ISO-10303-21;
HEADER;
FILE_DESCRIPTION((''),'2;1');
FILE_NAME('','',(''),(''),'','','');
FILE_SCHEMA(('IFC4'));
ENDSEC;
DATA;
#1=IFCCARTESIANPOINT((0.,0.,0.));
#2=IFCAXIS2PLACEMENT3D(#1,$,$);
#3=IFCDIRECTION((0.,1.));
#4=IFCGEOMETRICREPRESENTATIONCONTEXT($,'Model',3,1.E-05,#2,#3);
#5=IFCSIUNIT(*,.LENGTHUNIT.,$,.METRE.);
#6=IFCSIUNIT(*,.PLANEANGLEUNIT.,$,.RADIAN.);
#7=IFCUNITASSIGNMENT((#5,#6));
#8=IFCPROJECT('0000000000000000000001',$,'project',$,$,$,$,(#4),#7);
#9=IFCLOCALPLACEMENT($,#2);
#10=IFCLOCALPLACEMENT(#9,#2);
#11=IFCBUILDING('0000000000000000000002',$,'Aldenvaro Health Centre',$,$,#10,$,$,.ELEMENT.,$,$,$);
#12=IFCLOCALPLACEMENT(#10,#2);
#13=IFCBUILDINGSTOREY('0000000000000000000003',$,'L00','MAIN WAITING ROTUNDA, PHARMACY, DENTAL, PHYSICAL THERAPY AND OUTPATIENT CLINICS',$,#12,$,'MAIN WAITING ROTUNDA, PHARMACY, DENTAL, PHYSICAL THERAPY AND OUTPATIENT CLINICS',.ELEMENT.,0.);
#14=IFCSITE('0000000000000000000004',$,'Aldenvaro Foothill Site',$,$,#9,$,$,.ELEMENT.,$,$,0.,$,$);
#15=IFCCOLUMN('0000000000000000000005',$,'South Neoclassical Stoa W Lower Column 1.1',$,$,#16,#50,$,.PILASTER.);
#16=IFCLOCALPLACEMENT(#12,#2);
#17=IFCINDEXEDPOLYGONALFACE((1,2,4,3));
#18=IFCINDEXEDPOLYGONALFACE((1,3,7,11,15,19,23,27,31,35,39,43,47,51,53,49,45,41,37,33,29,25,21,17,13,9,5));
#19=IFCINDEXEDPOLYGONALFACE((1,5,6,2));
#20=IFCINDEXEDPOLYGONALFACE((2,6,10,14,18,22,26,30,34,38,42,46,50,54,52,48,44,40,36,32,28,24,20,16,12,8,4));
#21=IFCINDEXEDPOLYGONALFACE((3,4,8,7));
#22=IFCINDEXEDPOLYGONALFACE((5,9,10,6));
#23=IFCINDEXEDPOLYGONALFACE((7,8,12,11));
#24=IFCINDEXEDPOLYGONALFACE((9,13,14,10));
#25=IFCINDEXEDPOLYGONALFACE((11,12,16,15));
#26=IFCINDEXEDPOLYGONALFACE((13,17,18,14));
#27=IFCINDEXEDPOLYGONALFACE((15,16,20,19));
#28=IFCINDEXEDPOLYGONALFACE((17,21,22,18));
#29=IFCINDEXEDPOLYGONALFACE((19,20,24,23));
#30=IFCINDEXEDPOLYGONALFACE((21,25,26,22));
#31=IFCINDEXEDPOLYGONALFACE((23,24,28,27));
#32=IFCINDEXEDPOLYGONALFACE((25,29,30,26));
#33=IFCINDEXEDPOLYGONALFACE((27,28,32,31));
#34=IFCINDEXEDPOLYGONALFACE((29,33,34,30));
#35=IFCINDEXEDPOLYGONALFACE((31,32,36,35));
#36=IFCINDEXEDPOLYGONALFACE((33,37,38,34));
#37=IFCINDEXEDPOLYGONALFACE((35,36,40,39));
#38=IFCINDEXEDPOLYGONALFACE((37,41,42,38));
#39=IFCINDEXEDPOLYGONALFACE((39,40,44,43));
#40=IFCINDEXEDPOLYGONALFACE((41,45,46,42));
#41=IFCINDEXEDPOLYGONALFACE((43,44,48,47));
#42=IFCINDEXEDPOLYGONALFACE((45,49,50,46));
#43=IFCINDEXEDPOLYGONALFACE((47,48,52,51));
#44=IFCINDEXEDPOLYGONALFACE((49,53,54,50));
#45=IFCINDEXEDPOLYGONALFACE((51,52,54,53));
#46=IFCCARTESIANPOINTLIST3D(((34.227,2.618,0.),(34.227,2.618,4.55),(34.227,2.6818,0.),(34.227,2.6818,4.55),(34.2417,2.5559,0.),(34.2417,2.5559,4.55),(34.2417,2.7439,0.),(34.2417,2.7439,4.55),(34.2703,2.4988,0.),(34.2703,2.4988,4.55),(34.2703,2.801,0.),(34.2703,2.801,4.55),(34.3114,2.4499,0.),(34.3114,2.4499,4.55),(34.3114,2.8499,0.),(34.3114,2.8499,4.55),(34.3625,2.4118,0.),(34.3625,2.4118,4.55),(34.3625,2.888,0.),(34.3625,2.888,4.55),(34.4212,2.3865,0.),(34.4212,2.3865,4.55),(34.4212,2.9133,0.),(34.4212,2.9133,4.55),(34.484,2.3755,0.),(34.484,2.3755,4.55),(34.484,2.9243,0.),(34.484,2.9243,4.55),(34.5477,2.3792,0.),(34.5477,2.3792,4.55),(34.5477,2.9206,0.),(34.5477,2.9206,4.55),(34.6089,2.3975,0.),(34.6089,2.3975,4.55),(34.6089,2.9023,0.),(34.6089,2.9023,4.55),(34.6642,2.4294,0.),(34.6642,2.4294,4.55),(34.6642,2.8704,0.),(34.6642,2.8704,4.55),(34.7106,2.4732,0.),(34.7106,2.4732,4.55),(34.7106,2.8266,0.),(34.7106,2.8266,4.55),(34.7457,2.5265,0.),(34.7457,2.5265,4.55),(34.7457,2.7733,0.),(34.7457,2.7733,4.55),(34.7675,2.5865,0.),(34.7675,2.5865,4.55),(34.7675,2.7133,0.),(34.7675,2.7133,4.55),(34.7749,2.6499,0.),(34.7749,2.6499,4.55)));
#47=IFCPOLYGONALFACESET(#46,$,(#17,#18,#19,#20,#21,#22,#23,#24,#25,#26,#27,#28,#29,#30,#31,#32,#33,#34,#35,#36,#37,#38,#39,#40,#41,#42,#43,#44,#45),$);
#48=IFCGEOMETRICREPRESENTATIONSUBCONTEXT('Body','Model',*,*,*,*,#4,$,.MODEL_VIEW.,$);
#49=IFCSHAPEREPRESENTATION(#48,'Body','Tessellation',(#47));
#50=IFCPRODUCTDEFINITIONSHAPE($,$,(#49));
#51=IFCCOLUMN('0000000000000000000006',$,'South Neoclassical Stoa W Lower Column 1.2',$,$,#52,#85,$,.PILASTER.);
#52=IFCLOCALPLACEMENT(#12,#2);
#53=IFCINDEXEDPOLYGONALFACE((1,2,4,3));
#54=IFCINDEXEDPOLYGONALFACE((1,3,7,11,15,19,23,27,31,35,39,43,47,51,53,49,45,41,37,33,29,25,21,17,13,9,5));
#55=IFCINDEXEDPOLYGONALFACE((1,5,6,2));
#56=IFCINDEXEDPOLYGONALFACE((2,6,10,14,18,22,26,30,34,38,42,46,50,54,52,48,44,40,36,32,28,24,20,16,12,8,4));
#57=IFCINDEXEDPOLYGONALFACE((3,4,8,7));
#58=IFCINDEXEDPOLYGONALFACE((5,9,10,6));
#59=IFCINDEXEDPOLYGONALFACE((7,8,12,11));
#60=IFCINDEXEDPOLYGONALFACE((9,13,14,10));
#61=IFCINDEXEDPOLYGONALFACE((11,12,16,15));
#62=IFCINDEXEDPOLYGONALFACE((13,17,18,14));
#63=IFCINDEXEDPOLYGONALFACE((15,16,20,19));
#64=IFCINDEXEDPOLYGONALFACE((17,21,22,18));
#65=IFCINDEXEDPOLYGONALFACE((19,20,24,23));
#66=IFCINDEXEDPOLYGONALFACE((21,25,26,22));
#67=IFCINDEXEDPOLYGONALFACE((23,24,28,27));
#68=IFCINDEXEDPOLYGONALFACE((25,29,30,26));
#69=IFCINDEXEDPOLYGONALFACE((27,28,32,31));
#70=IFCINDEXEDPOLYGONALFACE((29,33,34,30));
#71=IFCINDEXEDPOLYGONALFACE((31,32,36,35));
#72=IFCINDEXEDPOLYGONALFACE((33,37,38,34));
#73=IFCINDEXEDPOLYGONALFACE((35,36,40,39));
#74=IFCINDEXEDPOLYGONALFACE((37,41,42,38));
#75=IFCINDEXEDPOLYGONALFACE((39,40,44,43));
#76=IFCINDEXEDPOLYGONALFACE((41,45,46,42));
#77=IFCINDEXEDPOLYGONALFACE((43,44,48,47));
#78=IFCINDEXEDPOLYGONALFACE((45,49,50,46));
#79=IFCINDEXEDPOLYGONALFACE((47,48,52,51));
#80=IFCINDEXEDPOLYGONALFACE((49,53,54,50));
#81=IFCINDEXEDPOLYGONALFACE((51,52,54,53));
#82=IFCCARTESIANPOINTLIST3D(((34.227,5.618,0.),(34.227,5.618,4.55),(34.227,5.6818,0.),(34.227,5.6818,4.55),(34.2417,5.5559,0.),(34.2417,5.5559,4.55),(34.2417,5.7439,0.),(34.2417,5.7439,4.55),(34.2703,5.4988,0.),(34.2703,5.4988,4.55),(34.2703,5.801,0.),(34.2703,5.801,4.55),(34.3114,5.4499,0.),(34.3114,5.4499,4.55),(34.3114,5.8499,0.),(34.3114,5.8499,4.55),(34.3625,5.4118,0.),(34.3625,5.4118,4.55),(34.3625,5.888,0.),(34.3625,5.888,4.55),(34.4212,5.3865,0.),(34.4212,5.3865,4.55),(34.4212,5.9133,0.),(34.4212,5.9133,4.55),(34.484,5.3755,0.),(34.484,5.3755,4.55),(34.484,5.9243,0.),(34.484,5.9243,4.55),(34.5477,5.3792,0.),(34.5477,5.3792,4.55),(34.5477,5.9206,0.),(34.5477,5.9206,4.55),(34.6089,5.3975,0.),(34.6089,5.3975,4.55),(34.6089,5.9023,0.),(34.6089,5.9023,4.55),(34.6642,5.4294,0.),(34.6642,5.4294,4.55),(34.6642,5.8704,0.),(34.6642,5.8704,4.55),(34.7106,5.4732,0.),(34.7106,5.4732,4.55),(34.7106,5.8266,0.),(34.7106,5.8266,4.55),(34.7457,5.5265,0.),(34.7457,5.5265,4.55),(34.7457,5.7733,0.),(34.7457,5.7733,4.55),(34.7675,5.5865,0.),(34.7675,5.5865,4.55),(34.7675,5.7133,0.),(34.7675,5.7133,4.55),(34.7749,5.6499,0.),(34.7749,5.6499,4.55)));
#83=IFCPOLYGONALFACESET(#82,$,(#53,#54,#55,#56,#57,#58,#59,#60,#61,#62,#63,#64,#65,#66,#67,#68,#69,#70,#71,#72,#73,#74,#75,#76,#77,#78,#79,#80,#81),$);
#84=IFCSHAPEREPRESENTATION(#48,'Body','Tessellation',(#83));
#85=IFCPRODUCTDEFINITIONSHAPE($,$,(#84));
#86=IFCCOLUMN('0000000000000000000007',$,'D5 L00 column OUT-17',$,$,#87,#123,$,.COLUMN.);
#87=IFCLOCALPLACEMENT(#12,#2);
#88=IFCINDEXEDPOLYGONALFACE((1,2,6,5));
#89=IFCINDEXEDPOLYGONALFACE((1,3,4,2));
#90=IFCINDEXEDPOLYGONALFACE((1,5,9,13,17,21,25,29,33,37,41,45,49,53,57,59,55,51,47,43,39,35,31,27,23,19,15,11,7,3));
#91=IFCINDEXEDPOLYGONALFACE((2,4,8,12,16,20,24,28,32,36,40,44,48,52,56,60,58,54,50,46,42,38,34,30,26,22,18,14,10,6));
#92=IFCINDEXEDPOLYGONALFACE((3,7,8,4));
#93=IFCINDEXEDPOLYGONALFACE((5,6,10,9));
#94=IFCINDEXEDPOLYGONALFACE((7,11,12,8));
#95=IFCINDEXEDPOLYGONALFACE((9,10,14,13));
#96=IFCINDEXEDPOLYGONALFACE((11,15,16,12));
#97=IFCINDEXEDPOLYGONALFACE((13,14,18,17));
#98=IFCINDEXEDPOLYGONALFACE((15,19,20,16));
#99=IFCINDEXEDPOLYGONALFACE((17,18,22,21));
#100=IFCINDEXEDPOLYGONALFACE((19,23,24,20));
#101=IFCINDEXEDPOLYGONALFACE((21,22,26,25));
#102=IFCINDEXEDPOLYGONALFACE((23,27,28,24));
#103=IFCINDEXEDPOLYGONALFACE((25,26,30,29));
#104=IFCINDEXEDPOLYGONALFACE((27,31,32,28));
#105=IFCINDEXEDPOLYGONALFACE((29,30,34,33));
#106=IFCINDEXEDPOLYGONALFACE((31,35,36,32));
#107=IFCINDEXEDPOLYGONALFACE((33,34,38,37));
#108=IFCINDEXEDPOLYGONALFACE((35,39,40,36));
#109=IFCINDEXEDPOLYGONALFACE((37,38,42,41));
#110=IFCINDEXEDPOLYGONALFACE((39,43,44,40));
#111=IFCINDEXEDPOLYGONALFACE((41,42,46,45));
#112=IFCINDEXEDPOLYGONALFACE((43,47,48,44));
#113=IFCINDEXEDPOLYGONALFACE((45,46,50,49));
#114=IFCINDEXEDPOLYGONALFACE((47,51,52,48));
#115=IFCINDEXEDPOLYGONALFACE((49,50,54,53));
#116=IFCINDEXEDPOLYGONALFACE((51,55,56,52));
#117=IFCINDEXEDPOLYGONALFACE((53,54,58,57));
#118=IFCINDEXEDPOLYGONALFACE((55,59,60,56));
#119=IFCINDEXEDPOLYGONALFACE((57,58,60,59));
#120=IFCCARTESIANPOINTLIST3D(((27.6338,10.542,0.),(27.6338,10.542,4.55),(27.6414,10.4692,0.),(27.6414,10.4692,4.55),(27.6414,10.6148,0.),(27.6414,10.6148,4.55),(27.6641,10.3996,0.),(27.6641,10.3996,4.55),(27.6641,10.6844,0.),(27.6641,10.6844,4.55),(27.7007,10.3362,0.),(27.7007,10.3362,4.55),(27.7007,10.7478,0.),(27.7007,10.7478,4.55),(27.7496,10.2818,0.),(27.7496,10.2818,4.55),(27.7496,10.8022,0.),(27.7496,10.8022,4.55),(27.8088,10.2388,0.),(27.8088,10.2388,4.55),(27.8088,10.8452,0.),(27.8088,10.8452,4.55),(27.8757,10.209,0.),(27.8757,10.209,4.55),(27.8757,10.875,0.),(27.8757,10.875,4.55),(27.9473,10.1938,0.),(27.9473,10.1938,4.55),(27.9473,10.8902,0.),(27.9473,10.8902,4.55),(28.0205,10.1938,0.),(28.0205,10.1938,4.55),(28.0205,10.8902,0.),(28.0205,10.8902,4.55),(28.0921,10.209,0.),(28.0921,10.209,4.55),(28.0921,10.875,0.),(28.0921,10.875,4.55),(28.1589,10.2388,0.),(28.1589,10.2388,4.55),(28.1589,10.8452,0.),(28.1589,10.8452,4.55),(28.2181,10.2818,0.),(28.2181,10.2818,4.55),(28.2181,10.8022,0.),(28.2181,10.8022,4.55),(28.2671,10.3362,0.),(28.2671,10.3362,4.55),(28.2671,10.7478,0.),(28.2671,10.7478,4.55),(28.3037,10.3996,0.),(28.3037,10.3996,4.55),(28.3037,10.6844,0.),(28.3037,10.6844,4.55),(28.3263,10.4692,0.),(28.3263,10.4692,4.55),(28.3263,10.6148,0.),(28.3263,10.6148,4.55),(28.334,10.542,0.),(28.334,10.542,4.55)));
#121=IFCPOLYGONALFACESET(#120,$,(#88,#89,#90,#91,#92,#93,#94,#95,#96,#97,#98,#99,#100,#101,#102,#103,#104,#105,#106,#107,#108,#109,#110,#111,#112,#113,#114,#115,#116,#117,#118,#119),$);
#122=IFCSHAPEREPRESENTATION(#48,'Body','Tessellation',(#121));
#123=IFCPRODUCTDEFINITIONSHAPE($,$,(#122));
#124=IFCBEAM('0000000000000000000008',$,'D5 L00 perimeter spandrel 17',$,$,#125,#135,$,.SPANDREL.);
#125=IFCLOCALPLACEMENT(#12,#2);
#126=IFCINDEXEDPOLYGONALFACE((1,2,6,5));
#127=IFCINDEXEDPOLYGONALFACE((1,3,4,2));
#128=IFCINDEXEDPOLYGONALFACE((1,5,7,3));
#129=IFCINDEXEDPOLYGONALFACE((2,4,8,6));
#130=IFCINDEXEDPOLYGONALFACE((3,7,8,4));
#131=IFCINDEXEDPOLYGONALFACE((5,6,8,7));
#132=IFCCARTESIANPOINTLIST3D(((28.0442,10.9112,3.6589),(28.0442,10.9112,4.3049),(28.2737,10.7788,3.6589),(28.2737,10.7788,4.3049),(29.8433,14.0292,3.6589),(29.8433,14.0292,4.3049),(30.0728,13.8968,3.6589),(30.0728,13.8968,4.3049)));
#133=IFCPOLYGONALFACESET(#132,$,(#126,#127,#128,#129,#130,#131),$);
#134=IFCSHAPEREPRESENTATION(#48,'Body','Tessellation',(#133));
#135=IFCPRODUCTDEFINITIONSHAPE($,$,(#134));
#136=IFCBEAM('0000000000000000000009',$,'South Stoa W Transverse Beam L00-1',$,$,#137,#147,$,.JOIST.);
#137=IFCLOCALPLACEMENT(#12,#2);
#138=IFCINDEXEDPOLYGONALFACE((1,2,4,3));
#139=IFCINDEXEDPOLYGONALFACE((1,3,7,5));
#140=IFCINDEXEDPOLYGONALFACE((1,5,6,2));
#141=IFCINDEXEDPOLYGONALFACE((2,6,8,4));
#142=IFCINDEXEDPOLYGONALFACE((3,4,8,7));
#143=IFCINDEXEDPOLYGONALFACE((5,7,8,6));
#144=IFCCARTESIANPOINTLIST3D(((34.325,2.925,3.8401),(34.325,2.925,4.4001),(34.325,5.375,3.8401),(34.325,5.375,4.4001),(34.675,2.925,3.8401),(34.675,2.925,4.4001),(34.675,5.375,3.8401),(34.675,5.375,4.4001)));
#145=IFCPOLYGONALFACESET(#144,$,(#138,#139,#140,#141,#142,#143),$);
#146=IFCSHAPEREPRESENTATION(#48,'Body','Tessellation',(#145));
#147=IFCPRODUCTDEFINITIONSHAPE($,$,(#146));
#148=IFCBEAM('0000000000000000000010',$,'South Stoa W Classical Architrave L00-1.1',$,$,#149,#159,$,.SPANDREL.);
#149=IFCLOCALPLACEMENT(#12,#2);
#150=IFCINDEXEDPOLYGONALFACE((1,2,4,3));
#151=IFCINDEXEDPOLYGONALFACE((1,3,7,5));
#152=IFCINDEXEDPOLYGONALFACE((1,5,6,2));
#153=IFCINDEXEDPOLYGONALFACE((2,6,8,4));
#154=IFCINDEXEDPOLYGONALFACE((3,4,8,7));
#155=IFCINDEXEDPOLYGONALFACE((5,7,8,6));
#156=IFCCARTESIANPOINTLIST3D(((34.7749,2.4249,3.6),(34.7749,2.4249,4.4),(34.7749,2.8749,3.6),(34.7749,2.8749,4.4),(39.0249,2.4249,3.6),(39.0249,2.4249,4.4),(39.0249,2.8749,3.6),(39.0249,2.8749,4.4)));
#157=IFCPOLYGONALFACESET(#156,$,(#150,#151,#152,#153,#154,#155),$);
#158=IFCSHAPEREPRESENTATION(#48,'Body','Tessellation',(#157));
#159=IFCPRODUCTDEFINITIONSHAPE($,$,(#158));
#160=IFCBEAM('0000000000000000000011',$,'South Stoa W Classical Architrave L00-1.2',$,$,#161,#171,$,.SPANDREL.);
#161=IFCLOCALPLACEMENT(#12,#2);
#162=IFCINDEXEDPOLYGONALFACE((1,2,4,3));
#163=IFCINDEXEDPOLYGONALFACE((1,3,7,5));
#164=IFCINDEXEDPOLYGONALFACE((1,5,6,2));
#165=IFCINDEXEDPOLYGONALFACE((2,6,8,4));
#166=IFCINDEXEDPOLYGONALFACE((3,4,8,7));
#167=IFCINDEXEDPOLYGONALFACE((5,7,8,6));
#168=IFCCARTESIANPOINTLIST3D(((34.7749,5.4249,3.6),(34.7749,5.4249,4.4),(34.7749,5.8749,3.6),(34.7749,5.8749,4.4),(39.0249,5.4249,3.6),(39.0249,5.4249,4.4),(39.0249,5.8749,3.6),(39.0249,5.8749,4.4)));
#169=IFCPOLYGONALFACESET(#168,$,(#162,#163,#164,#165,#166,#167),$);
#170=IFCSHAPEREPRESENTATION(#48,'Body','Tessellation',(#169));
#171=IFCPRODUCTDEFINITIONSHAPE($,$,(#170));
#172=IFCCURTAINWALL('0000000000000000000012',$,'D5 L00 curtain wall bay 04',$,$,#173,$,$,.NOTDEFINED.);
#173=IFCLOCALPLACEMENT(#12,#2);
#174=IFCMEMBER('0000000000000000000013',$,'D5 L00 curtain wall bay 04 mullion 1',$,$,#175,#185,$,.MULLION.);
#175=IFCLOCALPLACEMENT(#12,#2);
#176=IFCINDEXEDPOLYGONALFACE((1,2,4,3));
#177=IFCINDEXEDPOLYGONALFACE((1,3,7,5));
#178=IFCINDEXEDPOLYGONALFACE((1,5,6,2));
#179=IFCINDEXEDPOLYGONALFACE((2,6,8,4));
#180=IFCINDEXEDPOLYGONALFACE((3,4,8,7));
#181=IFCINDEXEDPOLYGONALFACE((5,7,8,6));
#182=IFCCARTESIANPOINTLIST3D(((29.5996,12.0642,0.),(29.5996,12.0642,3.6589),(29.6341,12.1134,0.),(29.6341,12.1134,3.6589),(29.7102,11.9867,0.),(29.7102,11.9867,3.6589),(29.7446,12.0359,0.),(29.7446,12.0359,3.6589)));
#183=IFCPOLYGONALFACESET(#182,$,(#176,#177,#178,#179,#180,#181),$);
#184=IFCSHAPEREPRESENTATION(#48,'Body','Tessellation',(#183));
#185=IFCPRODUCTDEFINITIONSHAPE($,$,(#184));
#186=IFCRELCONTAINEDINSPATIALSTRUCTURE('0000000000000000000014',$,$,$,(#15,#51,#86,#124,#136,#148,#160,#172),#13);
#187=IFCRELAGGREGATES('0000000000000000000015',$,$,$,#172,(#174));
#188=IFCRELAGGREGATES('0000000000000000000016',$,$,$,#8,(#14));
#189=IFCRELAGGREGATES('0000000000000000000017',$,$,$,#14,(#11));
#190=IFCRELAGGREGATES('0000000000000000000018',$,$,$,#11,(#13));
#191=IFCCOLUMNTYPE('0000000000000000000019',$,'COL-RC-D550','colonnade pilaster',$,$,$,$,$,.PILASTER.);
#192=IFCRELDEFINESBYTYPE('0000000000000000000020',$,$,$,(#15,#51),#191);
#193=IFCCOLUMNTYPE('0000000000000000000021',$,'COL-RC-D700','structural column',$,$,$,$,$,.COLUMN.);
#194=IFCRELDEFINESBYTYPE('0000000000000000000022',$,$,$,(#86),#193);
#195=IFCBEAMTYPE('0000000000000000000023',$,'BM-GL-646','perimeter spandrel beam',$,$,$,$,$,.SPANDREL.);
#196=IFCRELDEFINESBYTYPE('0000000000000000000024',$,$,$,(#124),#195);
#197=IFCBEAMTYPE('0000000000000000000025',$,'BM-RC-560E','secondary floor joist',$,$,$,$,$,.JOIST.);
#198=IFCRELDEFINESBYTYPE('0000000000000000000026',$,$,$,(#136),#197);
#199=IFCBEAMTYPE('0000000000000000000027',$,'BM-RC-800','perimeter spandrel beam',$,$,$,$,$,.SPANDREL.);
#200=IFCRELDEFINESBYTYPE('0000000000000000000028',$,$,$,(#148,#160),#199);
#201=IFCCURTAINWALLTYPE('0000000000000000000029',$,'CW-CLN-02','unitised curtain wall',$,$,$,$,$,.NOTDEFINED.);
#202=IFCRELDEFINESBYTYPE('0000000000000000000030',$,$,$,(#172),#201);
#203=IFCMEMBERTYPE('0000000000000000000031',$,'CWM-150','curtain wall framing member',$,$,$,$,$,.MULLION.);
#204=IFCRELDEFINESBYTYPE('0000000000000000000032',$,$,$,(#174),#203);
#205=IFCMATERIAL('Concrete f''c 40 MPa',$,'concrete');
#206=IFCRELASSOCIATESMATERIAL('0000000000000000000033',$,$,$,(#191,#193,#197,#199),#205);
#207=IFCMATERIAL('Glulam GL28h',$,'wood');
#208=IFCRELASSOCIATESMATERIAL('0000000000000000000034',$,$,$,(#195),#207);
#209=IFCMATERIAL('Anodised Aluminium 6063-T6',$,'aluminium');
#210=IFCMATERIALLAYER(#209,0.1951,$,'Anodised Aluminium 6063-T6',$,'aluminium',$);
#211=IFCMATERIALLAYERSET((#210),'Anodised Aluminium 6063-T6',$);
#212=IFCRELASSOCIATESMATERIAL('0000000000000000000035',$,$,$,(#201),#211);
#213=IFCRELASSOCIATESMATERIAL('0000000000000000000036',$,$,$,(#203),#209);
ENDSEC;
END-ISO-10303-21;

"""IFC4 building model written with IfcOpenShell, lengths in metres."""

from ifc_helpers import new_model, si_unit, direction, frame, origin, origin_2d, place, context, subcontext, project, spatial, rectangle, circle, extrude, material, layer, layer_set, material_profile, profile_set, type_object, element, aggregate, save


model = new_model("IFC4")

# Units and contexts
model_context = context("Model", 3, precision=1e-05, world=origin(), true_north=direction((0.0, 1.0)))
body_context = subcontext(model_context, "Body", "Model", "MODEL_VIEW")
ifc_project = project(units=[si_unit("LENGTHUNIT", "METRE"), si_unit("PLANEANGLEUNIT", "RADIAN")], contexts=[model_context])

# Site, building, storey
site_placement = place(None, origin())
site = spatial("IfcSite", under=ifc_project, at=site_placement, Name="Aldenvaro Foothill Site", CompositionType="ELEMENT", RefElevation=0.0)
building_placement = place(site_placement, origin())
building = spatial("IfcBuilding", under=site, at=building_placement, Name="Aldenvaro Health Centre", CompositionType="ELEMENT")
storey_placement = place(building_placement, origin())
storey = spatial("IfcBuildingStorey", under=building, at=storey_placement, Name="L00", Description="MAIN WAITING ROTUNDA, PHARMACY, DENTAL, PHYSICAL THERAPY AND OUTPATIENT CLINICS", LongName="MAIN WAITING ROTUNDA, PHARMACY, DENTAL, PHYSICAL THERAPY AND OUTPATIENT CLINICS", CompositionType="ELEMENT", Elevation=0.0)

# Columns
ifc_material_1 = material(Name="Concrete f'c 40 MPa", Category="concrete")
ifc_material_profile_1 = material_profile(ifc_material_1, circle(Radius=0.2749, at=origin_2d()), Name="RC D550", Category="concrete")
ifc_profile_set_1 = profile_set([ifc_material_profile_1], Name="Concrete f'c 40 MPa")
column_type_1 = type_object("IfcColumnType", Name="COL-RC-D550", Description="colonnade pilaster", PredefinedType="PILASTER", material=ifc_profile_set_1)
for number, where, z_axis, x_axis, name in (
    (1, (34.5, 2.6499, 0.0), (0.0, 0.0, 1.0), (1.0, 0.0, 0.0), "South Neoclassical Stoa W Lower Column 1.1"),
    (2, (34.5, 5.6499, 0.0), (0.0, 0.0, 1.0), (1.0, 0.0, 0.0), "South Neoclassical Stoa W Lower Column 1.2"),
):
    element("IfcColumn", number, at=place(storey_placement, frame(where, z_axis=z_axis, x_axis=x_axis)), inside=storey, type_object=column_type_1, Name=name, PredefinedType="PILASTER", context=body_context, shape_type="SweptSolid", body=[
        extrude(circle(Radius=0.2749, at=origin_2d()), origin(), (0.0, 0.0, 1.0), 4.55),
    ])
ifc_material_profile_2 = material_profile(ifc_material_1, circle(Radius=0.3501, at=origin_2d()), Name="RC D700", Category="concrete")
ifc_profile_set_2 = profile_set([ifc_material_profile_2], Name="Concrete f'c 40 MPa")
column_type_2 = type_object("IfcColumnType", Name="COL-RC-D700", Description="structural column", PredefinedType="COLUMN", material=ifc_profile_set_2)
column_placement = place(storey_placement, frame((27.9839, 10.542, 0.0), z_axis=(0.0, 0.0, 1.0), x_axis=(1.0, 0.0, 0.0)))
element("IfcColumn", 3, at=column_placement, inside=storey, type_object=column_type_2, Name="D5 L00 column OUT-17", PredefinedType="COLUMN", context=body_context, shape_type="SweptSolid", body=[
    extrude(circle(Radius=0.3501, at=origin_2d()), origin(), (0.0, 0.0, 1.0), 4.55),
])

# Beams
ifc_material_2 = material(Name="Glulam GL28h", Category="wood")
ifc_material_profile_3 = material_profile(ifc_material_2, rectangle(XDim=0.2649, YDim=0.646, at=origin_2d()), Name="GL 265x646", Category="wood")
ifc_profile_set_3 = profile_set([ifc_material_profile_3], Name="Glulam GL28h")
beam_type_1 = type_object("IfcBeamType", Name="BM-GL-646", Description="perimeter spandrel beam", PredefinedType="SPANDREL", material=ifc_profile_set_3)
beam_1_placement = place(storey_placement, frame((28.1589, 10.845, 3.9819), z_axis=(0.499779, 0.866153, 0.0), x_axis=(-0.866153, 0.499779, 0.0)))
element("IfcBeam", 4, at=beam_1_placement, inside=storey, type_object=beam_type_1, Name="D5 L00 perimeter spandrel 17", PredefinedType="SPANDREL", context=body_context, shape_type="SweptSolid", body=[
    extrude(rectangle(XDim=0.2649, YDim=0.646, at=origin_2d()), origin(), (0.0, 0.0, 1.0), 3.5999),
])
ifc_material_profile_4 = material_profile(ifc_material_1, rectangle(XDim=0.3501, YDim=0.5601, at=origin_2d()), Name="RC 350x560", Category="concrete")
ifc_profile_set_4 = profile_set([ifc_material_profile_4], Name="Concrete f'c 40 MPa")
beam_type_2 = type_object("IfcBeamType", Name="BM-RC-560E", Description="secondary floor joist", PredefinedType="JOIST", material=ifc_profile_set_4)
beam_2_placement = place(storey_placement, frame((34.5, 2.925, 4.1201), z_axis=(0.0, 1.0, 0.0), x_axis=(-1.0, 0.0, 0.0)))
element("IfcBeam", 5, at=beam_2_placement, inside=storey, type_object=beam_type_2, Name="South Stoa W Transverse Beam L00-1", PredefinedType="JOIST", context=body_context, shape_type="SweptSolid", body=[
    extrude(rectangle(XDim=0.3501, YDim=0.5601, at=origin_2d()), origin(), (0.0, 0.0, 1.0), 2.45),
])
ifc_material_profile_5 = material_profile(ifc_material_1, rectangle(XDim=0.45, YDim=0.8, at=origin_2d()), Name="RC 450x800", Category="concrete")
ifc_profile_set_5 = profile_set([ifc_material_profile_5], Name="Concrete f'c 40 MPa")
beam_type_3 = type_object("IfcBeamType", Name="BM-RC-800", Description="perimeter spandrel beam", PredefinedType="SPANDREL", material=ifc_profile_set_5)
for number, where, z_axis, x_axis, name in (
    (6, (34.7749, 2.6499, 4.0), (1.0, 0.0, 0.0), (0.0, 1.0, 0.0), "South Stoa W Classical Architrave L00-1.1"),
    (7, (34.7749, 5.6499, 4.0), (1.0, 0.0, 0.0), (0.0, 1.0, 0.0), "South Stoa W Classical Architrave L00-1.2"),
):
    element("IfcBeam", number, at=place(storey_placement, frame(where, z_axis=z_axis, x_axis=x_axis)), inside=storey, type_object=beam_type_3, Name=name, PredefinedType="SPANDREL", context=body_context, shape_type="SweptSolid", body=[
        extrude(rectangle(XDim=0.45, YDim=0.8, at=origin_2d()), origin(), (0.0, 0.0, 1.0), 4.25),
    ])

# Curtain wall, member
ifc_material_3 = material(Name="Anodised Aluminium 6063-T6", Category="aluminium")
ifc_layer_1 = layer(ifc_material_3, 0.1951, Name="Anodised Aluminium 6063-T6", Category="aluminium")
ifc_layer_set_1 = layer_set([ifc_layer_1], Name="Anodised Aluminium 6063-T6")
curtain_wall_type = type_object("IfcCurtainWallType", Name="CW-CLN-02", Description="unitised curtain wall", PredefinedType="NOTDEFINED", material=ifc_layer_set_1)
curtain_wall_placement = place(storey_placement, origin())
curtain_wall = element("IfcCurtainWall", 8, at=curtain_wall_placement, inside=storey, type_object=curtain_wall_type, Name="D5 L00 curtain wall bay 04", PredefinedType="NOTDEFINED")
ifc_material_profile_6 = material_profile(ifc_material_3, rectangle(XDim=0.0601, YDim=0.135, at=origin_2d()), Name="ALU 60x135", Category="aluminium")
ifc_profile_set_6 = profile_set([ifc_material_profile_6], Name="Anodised Aluminium 6063-T6")
member_type_1 = type_object("IfcMemberType", Name="CWM-150", Description="curtain wall framing member", PredefinedType="MULLION", material=ifc_profile_set_6)
member_1_placement = place(storey_placement, frame((29.6721, 12.05, 0.0), z_axis=(0.0, 0.0, 1.0), x_axis=(-0.573641, -0.819107, 0.0)))
member_1 = element("IfcMember", 9, at=member_1_placement, type_object=member_type_1, Name="D5 L00 curtain wall bay 04 mullion 1", PredefinedType="MULLION", context=body_context, shape_type="SweptSolid", body=[
    extrude(rectangle(XDim=0.0601, YDim=0.135, at=origin_2d()), origin(), (0.0, 0.0, 1.0), 3.6589),
])

aggregate(curtain_wall, [member_1])

save(model, "model.ifc")
